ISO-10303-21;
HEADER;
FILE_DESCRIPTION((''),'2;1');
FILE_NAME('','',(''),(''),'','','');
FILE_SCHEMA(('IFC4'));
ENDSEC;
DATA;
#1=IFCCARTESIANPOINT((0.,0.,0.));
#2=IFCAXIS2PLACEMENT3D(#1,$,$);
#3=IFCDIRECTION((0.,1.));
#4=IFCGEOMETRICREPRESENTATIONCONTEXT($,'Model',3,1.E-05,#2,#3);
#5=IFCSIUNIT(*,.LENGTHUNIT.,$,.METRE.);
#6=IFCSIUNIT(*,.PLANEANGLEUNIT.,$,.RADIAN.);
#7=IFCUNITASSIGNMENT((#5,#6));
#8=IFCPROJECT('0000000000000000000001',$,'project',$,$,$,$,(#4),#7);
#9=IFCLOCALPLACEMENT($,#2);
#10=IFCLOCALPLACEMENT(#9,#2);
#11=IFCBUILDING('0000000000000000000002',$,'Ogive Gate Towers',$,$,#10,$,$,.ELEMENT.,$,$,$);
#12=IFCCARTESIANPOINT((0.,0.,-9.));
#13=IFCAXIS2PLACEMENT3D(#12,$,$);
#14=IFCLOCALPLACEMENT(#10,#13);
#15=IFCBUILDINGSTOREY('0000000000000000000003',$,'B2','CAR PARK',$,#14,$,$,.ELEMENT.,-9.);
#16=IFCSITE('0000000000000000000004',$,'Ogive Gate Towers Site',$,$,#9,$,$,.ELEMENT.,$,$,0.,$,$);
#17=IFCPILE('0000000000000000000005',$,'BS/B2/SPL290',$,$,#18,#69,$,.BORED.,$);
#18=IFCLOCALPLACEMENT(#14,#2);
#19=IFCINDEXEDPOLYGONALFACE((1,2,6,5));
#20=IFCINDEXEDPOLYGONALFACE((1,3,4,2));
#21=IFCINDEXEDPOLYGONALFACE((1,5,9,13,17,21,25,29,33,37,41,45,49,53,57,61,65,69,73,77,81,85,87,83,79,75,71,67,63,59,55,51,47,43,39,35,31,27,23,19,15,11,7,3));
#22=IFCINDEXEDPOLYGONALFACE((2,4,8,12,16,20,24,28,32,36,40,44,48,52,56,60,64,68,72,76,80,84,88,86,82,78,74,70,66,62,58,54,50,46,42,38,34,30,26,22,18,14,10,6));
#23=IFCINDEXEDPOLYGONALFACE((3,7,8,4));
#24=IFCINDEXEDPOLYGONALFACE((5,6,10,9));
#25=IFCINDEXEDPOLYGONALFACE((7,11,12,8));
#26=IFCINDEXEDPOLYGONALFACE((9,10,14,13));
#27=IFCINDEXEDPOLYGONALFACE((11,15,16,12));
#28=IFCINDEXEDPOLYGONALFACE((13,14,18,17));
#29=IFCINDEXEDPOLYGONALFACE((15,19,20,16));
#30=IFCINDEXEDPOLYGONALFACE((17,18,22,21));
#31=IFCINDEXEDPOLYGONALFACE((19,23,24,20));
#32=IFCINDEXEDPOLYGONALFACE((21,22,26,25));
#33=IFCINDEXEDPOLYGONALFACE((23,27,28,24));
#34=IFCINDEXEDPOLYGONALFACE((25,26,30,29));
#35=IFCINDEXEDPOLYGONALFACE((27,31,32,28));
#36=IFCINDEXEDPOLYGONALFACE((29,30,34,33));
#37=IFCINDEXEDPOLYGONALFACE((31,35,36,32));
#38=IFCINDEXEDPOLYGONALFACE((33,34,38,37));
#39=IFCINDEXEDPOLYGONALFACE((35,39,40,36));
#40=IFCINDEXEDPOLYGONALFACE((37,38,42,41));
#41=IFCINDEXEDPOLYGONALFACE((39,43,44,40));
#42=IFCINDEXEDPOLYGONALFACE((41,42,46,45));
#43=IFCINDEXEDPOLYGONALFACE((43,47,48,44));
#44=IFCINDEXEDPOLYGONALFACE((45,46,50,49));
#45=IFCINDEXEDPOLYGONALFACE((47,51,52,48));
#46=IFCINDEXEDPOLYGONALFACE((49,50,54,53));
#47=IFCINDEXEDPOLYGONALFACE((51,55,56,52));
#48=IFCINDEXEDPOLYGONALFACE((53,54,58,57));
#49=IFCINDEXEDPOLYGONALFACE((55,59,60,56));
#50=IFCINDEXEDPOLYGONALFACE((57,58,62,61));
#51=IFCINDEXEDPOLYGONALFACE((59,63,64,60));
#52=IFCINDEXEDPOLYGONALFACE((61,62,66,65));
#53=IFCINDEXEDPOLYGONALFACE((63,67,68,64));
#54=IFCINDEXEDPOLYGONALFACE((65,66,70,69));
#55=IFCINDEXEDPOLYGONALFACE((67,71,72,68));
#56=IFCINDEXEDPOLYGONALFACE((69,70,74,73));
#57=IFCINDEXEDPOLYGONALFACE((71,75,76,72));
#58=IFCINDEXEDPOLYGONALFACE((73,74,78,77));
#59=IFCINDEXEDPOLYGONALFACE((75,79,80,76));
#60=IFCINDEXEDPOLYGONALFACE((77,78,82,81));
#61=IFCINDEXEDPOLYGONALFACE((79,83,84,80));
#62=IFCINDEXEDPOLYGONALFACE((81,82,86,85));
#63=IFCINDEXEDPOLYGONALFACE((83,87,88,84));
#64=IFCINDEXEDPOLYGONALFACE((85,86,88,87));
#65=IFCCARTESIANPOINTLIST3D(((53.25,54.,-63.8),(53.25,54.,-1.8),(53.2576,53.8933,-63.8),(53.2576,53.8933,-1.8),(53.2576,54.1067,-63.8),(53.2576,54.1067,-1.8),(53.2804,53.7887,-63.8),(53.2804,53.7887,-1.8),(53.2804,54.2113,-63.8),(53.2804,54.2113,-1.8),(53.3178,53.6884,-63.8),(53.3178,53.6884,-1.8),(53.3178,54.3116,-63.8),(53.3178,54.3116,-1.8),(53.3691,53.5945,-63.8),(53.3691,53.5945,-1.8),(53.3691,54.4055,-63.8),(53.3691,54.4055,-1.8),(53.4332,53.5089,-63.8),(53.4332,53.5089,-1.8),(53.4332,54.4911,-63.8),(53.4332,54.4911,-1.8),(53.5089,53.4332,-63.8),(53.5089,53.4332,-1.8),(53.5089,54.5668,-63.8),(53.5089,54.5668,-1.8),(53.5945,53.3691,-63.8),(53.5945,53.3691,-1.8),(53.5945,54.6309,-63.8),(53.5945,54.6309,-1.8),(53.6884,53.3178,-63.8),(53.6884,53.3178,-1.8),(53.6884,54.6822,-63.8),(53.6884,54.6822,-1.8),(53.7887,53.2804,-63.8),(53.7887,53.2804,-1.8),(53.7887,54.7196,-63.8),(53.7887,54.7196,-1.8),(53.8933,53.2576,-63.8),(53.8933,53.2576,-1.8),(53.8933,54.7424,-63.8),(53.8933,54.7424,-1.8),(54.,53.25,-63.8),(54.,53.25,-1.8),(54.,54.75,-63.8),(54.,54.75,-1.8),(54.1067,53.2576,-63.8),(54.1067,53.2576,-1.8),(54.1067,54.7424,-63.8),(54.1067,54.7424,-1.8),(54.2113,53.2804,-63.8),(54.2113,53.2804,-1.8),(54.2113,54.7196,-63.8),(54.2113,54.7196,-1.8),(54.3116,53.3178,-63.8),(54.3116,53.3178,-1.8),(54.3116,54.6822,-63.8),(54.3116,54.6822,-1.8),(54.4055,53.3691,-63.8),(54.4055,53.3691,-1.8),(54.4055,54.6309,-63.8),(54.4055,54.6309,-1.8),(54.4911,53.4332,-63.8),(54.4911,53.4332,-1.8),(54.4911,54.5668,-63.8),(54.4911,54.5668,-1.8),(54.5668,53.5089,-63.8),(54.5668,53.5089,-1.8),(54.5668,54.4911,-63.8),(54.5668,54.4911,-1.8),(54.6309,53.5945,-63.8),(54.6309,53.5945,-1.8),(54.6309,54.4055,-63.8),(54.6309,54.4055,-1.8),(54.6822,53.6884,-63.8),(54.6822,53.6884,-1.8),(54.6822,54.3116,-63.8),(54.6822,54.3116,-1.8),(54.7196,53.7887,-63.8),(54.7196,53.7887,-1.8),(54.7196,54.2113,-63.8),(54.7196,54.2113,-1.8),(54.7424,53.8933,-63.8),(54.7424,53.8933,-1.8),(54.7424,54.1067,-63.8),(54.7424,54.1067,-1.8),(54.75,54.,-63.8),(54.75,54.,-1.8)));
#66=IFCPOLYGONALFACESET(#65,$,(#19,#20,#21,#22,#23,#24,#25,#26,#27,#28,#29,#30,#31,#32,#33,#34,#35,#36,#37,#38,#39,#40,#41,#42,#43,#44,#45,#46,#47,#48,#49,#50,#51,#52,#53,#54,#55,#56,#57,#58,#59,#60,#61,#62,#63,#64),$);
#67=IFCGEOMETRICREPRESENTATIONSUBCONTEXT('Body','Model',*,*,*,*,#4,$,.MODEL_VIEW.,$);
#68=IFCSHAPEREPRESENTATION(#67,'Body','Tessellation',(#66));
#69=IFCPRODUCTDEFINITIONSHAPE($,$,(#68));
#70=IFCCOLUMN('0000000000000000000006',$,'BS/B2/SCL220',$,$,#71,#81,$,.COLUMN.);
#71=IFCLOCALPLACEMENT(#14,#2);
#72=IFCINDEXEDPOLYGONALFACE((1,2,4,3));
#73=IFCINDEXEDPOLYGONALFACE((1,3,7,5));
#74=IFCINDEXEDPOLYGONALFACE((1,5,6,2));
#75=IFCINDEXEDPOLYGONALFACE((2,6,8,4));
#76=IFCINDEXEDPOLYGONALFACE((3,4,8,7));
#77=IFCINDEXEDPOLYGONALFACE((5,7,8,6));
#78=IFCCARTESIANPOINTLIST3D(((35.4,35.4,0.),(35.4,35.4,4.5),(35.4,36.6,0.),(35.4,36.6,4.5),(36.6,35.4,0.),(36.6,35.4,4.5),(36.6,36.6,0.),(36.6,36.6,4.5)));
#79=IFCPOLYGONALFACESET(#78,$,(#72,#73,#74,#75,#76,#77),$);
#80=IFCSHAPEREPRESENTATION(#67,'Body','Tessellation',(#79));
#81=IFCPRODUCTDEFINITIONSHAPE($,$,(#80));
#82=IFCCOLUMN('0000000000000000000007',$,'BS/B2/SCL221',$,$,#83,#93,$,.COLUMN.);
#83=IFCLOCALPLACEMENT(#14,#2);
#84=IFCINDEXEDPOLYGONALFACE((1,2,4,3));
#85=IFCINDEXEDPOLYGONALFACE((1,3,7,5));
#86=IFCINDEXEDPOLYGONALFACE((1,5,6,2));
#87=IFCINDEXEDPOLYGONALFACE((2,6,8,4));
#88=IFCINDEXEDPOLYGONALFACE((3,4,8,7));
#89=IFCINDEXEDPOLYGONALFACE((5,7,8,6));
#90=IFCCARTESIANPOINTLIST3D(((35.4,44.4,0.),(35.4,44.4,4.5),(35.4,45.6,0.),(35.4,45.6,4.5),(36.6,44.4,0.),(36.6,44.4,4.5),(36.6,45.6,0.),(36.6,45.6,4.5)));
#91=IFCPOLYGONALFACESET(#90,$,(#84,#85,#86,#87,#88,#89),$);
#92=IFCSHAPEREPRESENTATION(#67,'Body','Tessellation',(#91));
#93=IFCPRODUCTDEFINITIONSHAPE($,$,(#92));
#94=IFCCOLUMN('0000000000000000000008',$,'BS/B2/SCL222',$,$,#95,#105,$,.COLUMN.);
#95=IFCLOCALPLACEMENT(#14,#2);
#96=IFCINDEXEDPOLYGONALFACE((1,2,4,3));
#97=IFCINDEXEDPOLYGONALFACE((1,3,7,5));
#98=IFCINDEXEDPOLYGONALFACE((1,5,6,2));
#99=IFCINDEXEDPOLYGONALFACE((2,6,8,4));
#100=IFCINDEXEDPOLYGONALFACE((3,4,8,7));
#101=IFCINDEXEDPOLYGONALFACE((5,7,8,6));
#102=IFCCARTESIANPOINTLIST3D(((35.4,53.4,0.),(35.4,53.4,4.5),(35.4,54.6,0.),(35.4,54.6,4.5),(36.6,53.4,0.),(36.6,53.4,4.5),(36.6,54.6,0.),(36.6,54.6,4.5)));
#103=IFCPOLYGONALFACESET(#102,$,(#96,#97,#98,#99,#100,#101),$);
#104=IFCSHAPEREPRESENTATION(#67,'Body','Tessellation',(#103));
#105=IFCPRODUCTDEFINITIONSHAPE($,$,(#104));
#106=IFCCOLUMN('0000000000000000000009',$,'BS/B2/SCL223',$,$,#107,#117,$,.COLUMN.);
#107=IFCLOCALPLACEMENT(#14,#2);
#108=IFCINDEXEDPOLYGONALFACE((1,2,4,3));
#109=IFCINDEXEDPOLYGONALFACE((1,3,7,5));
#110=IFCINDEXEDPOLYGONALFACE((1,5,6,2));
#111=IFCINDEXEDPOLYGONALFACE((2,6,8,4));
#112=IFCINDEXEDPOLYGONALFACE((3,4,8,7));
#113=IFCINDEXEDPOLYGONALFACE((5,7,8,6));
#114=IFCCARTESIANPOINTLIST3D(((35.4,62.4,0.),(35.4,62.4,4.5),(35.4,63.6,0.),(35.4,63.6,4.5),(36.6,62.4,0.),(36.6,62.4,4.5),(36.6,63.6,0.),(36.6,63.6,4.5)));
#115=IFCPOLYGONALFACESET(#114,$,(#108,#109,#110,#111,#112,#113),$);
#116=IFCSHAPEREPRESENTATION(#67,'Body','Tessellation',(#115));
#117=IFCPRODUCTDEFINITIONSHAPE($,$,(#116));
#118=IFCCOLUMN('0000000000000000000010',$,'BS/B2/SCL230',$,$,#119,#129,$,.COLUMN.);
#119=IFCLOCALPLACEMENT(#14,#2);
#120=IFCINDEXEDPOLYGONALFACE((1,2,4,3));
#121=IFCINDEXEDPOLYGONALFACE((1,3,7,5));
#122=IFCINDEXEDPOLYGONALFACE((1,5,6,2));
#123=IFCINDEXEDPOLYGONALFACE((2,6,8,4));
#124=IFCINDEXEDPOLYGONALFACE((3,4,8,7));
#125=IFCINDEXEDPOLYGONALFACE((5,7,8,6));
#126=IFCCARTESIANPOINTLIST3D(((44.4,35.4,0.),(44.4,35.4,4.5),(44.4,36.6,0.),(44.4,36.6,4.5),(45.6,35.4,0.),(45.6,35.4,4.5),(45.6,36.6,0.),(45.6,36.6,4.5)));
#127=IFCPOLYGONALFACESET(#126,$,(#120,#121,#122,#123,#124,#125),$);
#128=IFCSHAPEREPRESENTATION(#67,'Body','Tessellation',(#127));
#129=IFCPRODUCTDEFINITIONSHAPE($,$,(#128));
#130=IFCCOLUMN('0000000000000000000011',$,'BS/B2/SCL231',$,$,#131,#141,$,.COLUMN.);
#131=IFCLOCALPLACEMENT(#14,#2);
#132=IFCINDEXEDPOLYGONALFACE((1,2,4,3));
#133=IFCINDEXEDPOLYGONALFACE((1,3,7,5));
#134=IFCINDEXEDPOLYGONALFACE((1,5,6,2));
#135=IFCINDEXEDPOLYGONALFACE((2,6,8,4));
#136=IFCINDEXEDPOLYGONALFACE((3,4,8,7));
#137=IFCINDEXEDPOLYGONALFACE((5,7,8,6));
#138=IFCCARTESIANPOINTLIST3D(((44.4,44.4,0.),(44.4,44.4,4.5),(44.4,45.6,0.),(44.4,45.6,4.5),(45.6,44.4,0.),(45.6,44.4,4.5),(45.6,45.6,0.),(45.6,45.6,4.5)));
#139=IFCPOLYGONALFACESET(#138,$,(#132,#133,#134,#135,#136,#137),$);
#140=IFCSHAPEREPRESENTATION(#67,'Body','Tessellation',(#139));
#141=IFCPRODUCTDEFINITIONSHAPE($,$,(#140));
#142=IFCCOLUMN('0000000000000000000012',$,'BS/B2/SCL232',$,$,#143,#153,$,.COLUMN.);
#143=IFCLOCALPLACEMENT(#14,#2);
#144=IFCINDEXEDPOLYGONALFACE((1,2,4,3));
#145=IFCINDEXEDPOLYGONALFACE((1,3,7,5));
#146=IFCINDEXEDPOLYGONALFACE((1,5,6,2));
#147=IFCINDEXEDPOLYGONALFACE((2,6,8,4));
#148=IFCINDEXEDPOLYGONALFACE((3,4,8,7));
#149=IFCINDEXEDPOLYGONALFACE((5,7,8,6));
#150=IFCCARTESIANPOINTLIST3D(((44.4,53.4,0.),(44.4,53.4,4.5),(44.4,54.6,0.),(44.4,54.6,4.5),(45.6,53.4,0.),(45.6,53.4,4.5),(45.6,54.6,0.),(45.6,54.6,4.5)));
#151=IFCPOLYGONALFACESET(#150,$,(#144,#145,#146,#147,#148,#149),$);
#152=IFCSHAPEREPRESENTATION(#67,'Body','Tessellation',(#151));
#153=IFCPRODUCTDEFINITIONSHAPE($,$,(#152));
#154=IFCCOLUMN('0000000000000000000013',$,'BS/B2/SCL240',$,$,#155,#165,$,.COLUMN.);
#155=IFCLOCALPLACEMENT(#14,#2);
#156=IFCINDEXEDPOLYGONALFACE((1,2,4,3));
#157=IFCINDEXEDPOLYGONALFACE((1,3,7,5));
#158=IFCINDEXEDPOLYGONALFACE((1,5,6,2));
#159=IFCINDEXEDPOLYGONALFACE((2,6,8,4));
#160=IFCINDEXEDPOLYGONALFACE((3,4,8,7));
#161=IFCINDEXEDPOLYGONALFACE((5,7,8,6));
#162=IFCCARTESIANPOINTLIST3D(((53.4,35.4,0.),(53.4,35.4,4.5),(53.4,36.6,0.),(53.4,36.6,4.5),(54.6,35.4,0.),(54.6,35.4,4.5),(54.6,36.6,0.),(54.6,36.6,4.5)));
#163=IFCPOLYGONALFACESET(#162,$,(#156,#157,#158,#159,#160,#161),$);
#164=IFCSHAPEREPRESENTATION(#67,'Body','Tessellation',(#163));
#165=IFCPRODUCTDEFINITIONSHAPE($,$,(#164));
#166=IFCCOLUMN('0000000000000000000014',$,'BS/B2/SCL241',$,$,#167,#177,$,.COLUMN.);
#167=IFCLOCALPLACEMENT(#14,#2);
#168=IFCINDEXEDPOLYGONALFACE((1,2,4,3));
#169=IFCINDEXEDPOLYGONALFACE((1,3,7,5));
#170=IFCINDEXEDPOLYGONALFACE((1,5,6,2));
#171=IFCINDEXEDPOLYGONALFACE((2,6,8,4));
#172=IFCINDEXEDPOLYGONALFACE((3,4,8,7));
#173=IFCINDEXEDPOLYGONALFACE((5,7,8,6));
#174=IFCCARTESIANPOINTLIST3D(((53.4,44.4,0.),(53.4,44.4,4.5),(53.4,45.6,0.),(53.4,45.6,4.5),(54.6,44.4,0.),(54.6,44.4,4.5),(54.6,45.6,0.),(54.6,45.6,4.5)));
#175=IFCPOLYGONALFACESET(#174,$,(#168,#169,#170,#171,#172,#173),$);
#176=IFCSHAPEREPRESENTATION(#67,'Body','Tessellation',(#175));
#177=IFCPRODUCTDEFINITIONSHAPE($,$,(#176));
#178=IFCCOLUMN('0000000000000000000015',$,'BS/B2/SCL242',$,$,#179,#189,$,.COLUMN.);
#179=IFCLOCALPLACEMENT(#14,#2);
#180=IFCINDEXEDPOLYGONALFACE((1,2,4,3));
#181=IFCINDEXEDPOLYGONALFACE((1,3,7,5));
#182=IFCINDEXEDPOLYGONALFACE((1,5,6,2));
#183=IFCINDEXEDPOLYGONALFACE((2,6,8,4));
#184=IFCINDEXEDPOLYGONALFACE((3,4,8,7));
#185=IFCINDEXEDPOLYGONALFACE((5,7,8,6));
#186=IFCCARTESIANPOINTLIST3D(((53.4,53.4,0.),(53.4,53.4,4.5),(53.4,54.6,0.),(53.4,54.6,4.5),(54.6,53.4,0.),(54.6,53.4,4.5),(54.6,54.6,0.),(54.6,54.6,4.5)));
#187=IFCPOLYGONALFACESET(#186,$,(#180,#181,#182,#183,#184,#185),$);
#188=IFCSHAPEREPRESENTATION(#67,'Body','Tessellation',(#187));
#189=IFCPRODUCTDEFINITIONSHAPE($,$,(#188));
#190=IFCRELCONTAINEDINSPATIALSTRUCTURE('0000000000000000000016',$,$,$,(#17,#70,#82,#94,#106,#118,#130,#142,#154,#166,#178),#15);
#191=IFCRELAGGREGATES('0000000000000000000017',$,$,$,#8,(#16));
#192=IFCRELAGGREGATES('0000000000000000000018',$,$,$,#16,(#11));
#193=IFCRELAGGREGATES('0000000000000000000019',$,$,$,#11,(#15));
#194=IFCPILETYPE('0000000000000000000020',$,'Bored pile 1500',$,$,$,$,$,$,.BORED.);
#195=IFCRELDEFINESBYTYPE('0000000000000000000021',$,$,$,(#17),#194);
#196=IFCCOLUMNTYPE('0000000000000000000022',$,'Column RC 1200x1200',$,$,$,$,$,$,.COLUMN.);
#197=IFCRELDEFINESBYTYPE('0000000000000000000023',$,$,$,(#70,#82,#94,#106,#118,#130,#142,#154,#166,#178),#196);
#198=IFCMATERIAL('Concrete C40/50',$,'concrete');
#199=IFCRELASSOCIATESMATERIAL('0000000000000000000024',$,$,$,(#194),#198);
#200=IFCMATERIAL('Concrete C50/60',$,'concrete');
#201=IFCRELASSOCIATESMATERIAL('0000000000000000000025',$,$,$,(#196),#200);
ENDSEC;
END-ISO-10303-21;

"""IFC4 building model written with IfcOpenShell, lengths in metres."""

from ifc_helpers import new_model, si_unit, direction, frame, origin, origin_2d, place, context, subcontext, project, spatial, rectangle, circle, extrude, material, material_profile, profile_set, type_object, element, save


model = new_model("IFC4")

# Units and contexts
model_context = context("Model", 3, precision=1e-05, world=origin(), true_north=direction((0.0, 1.0)))
body_context = subcontext(model_context, "Body", "Model", "MODEL_VIEW")
ifc_project = project(units=[si_unit("LENGTHUNIT", "METRE"), si_unit("PLANEANGLEUNIT", "RADIAN")], contexts=[model_context])

# Site, building, storey
site_placement = place(None, origin())
site = spatial("IfcSite", under=ifc_project, at=site_placement, Name="Ogive Gate Towers Site", CompositionType="ELEMENT", RefElevation=0.0)
building_placement = place(site_placement, origin())
building = spatial("IfcBuilding", under=site, at=building_placement, Name="Ogive Gate Towers", CompositionType="ELEMENT")
storey_placement = place(building_placement, frame((0.0, 0.0, -9.0)))
storey = spatial("IfcBuildingStorey", under=building, at=storey_placement, Name="B2", Description="CAR PARK", CompositionType="ELEMENT", Elevation=-9.0)

# Pile
ifc_material_1 = material(Name="Concrete C40/50", Category="concrete")
ifc_material_profile_1 = material_profile(ifc_material_1, circle(Radius=0.75, at=origin_2d()), Name="BP 1500")
ifc_profile_set_1 = profile_set([ifc_material_profile_1], Name="Concrete C40/50")
pile_type = type_object("IfcPileType", Name="Bored pile 1500", PredefinedType="BORED", material=ifc_profile_set_1)
for number, where, z_axis, x_axis, name in (
    (1, (54.0, 54.0, -1.8), (0.0, 0.0, -1.0), (1.0, 0.0, 0.0), "BS/B2/SPL290"),
):
    element("IfcPile", number, at=place(storey_placement, frame(where, z_axis=z_axis, x_axis=x_axis)), inside=storey, type_object=pile_type, Name=name, PredefinedType="BORED", context=body_context, shape_type="SweptSolid", body=[
        extrude(circle(Radius=0.75, at=origin_2d()), origin(), (0.0, 0.0, 1.0), 62.0),
    ])

# Columns
ifc_material_2 = material(Name="Concrete C50/60", Category="concrete")
ifc_material_profile_2 = material_profile(ifc_material_2, rectangle(XDim=1.2, YDim=1.2, at=origin_2d()), Name="RC 1200x1200")
ifc_profile_set_2 = profile_set([ifc_material_profile_2], Name="Concrete C50/60")
column_type = type_object("IfcColumnType", Name="Column RC 1200x1200", PredefinedType="COLUMN", material=ifc_profile_set_2)
for number, where, z_axis, x_axis, name in (
    (2, (36.0, 36.0, 0.0), (0.0, 0.0, 1.0), (1.0, 0.0, 0.0), "BS/B2/SCL220"),
    (3, (36.0, 45.0, 0.0), (0.0, 0.0, 1.0), (1.0, 0.0, 0.0), "BS/B2/SCL221"),
    (4, (36.0, 54.0, 0.0), (0.0, 0.0, 1.0), (1.0, 0.0, 0.0), "BS/B2/SCL222"),
    (5, (36.0, 63.0, 0.0), (0.0, 0.0, 1.0), (1.0, 0.0, 0.0), "BS/B2/SCL223"),
    (6, (45.0, 36.0, 0.0), (0.0, 0.0, 1.0), (1.0, 0.0, 0.0), "BS/B2/SCL230"),
    (7, (45.0, 45.0, 0.0), (0.0, 0.0, 1.0), (1.0, 0.0, 0.0), "BS/B2/SCL231"),
    (8, (45.0, 54.0, 0.0), (0.0, 0.0, 1.0), (1.0, 0.0, 0.0), "BS/B2/SCL232"),
    (9, (54.0, 36.0, 0.0), (0.0, 0.0, 1.0), (1.0, 0.0, 0.0), "BS/B2/SCL240"),
    (10, (54.0, 45.0, 0.0), (0.0, 0.0, 1.0), (1.0, 0.0, 0.0), "BS/B2/SCL241"),
    (11, (54.0, 54.0, 0.0), (0.0, 0.0, 1.0), (1.0, 0.0, 0.0), "BS/B2/SCL242"),
):
    element("IfcColumn", number, at=place(storey_placement, frame(where, z_axis=z_axis, x_axis=x_axis)), inside=storey, type_object=column_type, Name=name, PredefinedType="COLUMN", context=body_context, shape_type="SweptSolid", body=[
        extrude(rectangle(XDim=1.2, YDim=1.2, at=origin_2d()), origin(), (0.0, 0.0, 1.0), 4.5),
    ])

save(model, "model.ifc")
